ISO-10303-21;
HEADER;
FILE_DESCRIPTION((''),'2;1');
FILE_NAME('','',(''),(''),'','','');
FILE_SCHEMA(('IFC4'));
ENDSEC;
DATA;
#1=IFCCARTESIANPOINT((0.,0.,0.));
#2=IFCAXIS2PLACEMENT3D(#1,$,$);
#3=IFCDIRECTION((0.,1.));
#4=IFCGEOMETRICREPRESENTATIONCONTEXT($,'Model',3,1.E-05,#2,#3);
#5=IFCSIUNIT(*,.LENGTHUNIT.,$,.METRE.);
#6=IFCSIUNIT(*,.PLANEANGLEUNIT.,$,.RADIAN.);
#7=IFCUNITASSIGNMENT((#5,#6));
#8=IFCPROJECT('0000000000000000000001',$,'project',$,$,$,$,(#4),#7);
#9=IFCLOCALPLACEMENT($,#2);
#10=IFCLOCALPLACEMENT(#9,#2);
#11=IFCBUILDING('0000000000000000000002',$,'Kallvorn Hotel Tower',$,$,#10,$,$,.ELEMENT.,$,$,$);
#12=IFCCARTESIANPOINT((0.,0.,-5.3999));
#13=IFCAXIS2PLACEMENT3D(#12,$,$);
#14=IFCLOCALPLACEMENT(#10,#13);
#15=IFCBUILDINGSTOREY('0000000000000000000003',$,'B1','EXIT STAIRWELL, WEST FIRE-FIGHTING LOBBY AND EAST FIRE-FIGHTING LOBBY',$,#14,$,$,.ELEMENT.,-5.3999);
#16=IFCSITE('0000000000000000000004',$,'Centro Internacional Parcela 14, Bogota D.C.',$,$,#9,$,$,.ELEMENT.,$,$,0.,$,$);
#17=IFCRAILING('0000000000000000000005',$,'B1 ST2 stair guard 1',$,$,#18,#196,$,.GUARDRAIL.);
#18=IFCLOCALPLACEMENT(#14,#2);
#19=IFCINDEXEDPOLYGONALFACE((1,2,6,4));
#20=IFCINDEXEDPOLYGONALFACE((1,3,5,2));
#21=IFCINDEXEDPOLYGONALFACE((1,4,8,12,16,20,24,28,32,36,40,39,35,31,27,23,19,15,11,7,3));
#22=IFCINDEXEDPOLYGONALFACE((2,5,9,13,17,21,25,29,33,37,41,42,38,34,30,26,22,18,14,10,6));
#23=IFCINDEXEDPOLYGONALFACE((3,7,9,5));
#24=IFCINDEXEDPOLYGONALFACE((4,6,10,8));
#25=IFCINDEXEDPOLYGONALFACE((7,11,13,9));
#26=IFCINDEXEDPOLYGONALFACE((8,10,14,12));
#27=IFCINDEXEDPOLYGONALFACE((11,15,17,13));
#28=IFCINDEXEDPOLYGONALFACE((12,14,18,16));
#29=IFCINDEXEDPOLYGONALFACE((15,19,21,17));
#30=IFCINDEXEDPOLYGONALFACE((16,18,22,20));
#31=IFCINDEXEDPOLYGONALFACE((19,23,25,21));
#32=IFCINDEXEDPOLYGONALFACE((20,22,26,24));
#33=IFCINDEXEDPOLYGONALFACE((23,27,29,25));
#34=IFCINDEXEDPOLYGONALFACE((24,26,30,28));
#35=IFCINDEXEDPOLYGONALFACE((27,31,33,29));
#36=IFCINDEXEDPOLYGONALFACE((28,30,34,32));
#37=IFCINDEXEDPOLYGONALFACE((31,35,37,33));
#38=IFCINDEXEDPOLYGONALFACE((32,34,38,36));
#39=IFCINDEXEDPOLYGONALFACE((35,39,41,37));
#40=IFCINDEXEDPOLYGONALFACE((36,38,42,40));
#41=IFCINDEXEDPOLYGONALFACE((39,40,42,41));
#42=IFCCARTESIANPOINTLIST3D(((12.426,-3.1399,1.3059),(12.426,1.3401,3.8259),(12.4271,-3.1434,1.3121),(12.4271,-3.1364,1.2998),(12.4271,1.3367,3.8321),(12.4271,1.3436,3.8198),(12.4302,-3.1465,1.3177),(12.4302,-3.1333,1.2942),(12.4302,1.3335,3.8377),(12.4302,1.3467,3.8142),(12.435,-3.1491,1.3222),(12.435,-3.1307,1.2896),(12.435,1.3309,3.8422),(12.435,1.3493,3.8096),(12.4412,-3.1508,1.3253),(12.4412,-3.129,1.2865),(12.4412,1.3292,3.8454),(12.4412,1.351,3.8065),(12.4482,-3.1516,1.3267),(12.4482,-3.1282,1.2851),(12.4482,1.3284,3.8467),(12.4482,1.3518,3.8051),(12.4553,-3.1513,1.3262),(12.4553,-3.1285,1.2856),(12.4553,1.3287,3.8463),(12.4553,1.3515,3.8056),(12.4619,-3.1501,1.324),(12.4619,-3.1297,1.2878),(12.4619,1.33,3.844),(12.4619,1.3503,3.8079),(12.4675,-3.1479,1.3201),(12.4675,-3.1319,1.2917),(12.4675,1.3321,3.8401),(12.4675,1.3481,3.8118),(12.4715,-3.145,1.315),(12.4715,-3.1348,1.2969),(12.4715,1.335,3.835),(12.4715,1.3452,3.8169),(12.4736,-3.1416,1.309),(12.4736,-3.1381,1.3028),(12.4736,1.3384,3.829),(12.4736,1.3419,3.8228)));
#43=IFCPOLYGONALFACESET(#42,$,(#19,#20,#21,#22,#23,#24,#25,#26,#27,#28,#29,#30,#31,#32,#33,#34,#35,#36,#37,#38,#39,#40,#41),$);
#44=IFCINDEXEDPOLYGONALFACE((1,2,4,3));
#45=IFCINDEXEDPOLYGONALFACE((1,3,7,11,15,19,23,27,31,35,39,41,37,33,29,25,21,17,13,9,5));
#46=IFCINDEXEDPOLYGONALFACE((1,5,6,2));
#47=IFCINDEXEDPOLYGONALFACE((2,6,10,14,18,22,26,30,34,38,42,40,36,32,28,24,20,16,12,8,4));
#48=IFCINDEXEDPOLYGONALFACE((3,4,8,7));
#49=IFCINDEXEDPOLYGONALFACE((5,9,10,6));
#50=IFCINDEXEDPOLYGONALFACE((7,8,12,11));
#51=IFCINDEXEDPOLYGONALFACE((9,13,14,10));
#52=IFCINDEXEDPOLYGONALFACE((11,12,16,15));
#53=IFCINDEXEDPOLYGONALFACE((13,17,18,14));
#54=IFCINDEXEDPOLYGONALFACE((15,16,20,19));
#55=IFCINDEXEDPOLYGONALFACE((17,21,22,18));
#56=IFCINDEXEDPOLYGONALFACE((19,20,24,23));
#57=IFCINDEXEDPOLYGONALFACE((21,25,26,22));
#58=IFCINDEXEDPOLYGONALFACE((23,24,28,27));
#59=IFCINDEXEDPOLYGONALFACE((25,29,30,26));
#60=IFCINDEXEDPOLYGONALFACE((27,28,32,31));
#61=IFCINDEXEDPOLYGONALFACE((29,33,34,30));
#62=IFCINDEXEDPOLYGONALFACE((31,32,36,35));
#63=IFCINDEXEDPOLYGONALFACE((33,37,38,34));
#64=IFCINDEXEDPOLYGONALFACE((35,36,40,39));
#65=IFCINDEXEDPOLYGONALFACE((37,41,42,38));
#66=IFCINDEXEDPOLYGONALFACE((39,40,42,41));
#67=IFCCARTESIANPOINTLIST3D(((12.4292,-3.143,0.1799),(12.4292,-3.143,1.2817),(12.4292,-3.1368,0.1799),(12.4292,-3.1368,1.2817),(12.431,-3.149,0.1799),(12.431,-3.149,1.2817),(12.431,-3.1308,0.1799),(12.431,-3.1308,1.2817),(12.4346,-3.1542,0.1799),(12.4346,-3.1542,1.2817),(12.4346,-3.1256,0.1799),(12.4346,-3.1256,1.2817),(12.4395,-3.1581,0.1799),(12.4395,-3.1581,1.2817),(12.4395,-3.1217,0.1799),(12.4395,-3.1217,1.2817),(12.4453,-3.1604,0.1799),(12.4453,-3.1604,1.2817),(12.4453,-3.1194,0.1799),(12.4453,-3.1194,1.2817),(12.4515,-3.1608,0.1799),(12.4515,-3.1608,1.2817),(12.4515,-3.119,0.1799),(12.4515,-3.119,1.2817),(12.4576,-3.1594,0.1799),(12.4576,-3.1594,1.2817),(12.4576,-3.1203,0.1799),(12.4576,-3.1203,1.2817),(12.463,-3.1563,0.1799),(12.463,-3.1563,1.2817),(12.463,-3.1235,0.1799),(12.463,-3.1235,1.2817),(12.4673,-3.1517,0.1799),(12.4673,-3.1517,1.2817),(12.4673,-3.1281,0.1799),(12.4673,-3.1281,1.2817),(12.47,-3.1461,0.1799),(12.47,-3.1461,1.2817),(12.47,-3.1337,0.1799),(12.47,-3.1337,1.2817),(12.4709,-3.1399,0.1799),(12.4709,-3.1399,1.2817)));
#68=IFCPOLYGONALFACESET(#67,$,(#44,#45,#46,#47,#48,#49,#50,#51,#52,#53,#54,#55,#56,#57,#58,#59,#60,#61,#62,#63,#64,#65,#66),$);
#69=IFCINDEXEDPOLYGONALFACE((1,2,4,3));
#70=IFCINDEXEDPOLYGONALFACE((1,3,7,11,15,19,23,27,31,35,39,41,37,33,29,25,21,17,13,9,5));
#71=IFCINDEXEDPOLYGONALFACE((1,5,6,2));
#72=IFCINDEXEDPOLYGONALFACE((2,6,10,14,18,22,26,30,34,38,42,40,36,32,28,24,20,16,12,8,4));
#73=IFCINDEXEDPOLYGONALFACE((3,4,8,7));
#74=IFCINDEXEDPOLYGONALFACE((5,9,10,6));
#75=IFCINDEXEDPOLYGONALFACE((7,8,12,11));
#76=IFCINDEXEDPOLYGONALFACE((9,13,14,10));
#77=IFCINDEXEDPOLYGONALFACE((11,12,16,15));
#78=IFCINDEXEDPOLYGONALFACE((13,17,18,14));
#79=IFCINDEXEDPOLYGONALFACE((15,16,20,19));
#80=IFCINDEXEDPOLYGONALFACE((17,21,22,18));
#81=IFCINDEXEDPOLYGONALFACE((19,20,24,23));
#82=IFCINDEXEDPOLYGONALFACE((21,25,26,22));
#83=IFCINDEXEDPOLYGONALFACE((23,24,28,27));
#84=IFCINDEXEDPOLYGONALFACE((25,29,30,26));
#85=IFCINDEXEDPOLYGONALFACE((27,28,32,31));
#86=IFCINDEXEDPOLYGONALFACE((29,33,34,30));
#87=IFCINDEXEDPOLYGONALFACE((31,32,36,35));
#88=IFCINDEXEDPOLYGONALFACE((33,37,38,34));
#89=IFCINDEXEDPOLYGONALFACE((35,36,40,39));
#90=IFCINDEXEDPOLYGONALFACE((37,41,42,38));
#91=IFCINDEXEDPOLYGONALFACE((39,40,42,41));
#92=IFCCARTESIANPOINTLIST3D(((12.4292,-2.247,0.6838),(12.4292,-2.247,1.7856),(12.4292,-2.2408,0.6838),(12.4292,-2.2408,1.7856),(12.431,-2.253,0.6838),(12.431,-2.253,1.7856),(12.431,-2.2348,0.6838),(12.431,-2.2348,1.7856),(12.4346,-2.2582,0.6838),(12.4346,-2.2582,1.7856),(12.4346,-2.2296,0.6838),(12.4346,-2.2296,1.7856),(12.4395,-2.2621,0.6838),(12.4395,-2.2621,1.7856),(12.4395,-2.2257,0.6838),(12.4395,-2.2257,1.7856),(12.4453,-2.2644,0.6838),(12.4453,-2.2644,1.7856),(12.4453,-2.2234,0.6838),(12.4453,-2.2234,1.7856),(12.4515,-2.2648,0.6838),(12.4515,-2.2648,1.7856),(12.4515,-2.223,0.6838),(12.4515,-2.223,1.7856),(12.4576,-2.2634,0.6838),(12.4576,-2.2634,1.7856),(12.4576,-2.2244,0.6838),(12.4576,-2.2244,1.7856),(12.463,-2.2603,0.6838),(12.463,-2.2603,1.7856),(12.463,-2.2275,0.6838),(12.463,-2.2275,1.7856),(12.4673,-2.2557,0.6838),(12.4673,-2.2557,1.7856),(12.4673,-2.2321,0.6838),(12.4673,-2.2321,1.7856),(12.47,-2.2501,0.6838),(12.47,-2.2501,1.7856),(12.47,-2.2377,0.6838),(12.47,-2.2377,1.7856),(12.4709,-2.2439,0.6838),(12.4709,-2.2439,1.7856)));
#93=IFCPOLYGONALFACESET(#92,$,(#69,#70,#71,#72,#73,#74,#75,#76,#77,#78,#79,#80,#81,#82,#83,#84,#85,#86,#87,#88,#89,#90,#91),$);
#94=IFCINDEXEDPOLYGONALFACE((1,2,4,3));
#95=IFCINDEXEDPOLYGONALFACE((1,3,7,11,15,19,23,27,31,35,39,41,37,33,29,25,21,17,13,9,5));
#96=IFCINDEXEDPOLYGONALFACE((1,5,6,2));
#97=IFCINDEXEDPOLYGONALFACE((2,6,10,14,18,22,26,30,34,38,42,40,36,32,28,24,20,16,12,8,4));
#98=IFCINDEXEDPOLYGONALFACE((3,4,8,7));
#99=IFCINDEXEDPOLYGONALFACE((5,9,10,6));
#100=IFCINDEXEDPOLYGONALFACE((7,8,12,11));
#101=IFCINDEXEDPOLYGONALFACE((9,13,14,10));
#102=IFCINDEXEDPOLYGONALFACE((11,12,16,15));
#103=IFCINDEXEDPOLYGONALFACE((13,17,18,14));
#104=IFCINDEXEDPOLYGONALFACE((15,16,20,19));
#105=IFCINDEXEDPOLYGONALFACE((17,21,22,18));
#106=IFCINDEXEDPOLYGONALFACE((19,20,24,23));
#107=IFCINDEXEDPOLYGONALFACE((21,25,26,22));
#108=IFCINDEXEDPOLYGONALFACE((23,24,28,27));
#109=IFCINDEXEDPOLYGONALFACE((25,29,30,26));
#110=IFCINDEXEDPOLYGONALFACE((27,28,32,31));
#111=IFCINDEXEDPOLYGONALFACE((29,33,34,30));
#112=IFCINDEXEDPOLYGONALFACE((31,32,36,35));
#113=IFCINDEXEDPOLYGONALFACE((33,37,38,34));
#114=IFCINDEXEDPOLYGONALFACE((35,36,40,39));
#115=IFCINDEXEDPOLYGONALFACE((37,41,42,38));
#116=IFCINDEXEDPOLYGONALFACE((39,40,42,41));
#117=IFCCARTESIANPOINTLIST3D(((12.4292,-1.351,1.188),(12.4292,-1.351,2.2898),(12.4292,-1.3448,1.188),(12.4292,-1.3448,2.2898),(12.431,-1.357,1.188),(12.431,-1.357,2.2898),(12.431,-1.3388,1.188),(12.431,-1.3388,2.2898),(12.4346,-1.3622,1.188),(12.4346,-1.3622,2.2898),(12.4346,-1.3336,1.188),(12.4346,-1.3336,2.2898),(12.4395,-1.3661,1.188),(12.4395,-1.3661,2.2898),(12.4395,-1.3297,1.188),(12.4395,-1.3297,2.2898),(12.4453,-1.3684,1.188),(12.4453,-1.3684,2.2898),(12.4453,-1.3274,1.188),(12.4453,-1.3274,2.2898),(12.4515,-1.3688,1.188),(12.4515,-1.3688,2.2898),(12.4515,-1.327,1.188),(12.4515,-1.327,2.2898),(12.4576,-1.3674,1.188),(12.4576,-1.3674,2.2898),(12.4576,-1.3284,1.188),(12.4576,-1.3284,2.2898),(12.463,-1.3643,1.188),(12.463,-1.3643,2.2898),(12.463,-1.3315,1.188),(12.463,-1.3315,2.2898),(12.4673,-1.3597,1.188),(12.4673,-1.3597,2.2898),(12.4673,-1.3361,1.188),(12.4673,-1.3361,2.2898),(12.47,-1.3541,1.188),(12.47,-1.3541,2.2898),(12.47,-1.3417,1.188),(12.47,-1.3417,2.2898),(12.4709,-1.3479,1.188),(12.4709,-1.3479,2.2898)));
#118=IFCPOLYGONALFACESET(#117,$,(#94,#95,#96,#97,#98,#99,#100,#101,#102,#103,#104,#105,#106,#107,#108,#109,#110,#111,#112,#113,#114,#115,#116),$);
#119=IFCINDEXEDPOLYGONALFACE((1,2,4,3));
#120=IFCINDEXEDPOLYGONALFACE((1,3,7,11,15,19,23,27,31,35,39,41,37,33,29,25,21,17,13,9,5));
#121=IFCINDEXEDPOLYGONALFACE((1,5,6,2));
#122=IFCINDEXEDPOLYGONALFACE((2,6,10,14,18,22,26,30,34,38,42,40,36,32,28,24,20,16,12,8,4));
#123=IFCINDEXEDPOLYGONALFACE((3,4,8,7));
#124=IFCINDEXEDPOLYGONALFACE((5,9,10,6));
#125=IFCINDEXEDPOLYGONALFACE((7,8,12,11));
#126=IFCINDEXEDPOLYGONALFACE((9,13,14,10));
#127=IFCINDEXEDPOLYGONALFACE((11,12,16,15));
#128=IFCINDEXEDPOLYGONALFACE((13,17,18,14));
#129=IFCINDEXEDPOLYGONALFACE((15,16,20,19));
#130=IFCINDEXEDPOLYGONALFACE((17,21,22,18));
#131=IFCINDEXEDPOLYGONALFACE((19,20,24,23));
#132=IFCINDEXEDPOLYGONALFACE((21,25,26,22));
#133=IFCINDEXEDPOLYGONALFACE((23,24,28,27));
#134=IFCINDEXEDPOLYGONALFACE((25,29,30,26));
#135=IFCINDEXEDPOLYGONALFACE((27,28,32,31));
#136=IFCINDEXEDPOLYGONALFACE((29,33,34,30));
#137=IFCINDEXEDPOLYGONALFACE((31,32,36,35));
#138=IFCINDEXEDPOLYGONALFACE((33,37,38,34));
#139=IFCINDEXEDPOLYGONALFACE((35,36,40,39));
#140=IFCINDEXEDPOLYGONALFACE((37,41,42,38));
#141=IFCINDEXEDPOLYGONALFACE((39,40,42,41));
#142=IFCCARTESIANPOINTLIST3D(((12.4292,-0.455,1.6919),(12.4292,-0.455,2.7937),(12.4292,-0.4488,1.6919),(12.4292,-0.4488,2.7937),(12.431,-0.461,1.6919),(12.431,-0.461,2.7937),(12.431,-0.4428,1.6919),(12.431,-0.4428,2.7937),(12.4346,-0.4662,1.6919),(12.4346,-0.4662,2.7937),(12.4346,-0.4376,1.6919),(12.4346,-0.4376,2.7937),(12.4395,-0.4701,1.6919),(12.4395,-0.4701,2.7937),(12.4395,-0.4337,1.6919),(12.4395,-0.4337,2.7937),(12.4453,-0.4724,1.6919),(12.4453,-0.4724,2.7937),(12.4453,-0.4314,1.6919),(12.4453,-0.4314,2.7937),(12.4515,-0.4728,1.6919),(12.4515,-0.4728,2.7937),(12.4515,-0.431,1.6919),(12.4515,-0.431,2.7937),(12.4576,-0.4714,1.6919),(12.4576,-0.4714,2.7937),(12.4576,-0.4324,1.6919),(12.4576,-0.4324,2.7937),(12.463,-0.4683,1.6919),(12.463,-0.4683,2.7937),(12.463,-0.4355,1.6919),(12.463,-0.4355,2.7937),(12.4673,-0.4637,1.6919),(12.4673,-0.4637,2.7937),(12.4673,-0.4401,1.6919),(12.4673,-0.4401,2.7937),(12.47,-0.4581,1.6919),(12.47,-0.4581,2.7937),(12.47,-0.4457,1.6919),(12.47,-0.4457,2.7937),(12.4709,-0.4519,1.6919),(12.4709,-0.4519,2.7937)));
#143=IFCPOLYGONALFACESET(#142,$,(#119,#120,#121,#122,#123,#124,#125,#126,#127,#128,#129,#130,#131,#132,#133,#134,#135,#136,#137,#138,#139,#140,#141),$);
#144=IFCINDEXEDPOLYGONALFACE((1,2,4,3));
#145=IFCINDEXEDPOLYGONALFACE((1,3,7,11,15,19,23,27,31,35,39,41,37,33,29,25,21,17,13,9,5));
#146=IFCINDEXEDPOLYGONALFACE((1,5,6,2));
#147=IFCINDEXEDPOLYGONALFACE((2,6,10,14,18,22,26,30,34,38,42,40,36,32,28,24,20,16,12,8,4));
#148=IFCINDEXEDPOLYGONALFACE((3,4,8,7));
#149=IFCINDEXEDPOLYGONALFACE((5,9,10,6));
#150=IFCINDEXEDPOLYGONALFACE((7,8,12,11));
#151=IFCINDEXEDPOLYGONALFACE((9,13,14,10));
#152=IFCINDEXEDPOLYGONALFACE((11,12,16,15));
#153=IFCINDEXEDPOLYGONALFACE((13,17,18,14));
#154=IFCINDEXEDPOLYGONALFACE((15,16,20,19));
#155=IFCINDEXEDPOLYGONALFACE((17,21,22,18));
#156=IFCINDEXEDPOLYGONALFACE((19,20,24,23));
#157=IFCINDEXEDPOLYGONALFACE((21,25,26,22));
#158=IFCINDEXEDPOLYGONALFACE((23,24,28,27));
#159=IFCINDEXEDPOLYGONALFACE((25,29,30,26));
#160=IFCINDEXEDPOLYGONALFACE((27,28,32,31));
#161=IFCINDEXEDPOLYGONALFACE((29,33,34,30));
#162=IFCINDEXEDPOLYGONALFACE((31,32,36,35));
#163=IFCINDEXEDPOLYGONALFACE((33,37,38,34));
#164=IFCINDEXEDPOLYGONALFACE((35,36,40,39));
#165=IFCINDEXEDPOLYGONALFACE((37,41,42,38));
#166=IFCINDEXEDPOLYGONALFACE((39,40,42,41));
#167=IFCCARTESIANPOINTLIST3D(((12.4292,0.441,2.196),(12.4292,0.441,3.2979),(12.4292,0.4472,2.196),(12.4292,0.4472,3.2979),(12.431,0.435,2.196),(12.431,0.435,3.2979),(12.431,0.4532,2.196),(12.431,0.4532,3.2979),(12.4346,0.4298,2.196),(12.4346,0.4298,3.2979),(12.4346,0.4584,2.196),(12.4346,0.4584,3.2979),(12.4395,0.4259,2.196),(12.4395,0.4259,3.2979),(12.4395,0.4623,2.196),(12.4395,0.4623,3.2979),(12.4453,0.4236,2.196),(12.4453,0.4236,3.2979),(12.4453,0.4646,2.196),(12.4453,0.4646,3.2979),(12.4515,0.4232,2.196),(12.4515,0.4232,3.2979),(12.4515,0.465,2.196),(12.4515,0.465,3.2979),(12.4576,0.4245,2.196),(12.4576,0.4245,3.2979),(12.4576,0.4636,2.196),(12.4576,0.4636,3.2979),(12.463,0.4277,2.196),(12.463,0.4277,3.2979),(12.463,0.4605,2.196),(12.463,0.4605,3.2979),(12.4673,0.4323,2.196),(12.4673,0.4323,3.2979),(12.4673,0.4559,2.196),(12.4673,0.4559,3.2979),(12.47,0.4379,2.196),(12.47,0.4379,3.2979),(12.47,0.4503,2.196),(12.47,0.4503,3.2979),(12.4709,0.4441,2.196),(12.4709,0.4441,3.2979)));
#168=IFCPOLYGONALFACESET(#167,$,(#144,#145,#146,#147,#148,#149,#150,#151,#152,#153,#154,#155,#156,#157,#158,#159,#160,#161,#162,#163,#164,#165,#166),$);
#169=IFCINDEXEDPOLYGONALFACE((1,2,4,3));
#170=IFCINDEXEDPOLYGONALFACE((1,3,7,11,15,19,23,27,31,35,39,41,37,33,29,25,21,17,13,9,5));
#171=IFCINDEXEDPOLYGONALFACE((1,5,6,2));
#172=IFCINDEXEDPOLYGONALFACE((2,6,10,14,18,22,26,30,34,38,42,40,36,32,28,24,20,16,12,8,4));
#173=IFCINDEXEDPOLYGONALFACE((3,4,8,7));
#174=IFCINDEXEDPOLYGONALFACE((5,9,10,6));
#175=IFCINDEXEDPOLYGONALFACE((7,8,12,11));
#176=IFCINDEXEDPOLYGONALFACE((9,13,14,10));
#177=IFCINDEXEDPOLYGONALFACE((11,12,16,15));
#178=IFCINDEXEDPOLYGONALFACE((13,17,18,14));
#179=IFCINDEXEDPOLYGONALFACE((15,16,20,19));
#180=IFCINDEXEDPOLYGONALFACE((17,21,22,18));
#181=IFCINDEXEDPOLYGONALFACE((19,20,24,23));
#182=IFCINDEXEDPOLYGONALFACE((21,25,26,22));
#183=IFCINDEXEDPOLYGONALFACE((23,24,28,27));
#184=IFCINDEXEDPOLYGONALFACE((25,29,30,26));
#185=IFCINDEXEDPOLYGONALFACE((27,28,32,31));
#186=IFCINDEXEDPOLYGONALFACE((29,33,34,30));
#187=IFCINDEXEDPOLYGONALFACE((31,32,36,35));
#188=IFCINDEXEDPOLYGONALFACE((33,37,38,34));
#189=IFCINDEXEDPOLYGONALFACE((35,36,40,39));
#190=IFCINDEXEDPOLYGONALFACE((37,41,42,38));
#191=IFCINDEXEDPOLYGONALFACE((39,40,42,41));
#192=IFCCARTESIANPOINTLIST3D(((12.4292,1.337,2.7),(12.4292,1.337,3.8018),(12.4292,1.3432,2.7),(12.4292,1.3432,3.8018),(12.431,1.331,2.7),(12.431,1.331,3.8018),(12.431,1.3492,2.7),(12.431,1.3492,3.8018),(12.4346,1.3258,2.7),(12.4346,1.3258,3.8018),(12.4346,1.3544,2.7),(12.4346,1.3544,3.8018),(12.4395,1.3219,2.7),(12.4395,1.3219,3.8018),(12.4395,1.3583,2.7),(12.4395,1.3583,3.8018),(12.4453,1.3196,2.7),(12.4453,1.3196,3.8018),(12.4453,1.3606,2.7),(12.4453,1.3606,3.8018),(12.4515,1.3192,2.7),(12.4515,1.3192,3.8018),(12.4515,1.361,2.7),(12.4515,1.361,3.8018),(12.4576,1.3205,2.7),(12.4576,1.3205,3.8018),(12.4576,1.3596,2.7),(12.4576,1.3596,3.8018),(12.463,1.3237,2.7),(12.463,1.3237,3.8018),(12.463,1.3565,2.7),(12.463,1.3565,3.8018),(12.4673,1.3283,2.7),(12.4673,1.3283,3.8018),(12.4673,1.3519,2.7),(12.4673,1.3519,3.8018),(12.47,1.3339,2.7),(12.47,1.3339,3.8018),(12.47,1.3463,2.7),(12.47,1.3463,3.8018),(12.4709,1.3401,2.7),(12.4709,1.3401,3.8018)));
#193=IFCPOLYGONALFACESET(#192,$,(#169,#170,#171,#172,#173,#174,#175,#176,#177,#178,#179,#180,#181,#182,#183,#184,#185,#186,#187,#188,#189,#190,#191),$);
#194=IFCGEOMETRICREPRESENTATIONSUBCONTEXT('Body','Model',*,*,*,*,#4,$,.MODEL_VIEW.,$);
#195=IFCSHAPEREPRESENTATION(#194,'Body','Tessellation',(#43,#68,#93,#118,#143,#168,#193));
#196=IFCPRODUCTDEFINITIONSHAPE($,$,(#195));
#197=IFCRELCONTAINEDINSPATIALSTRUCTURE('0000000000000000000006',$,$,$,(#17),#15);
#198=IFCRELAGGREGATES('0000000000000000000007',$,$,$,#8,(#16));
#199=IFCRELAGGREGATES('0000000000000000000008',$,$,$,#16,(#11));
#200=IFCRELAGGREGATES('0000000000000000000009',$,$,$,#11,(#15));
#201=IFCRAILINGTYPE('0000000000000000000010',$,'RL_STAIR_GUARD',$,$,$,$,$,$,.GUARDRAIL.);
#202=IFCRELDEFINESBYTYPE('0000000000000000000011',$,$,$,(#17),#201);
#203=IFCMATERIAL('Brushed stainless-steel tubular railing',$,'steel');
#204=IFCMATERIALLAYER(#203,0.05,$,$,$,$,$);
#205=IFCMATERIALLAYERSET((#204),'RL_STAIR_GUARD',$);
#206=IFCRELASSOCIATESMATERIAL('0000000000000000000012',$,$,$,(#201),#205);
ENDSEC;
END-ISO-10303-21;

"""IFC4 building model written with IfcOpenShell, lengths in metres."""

from ifc_helpers import new_model, si_unit, direction, frame, origin, origin_2d, place, context, subcontext, project, spatial, circle, extrude, material, layer, layer_set, type_object, element, save


model = new_model("IFC4")

# Units and contexts
model_context = context("Model", 3, precision=1e-05, world=origin(), true_north=direction((0.0, 1.0)))
body_context = subcontext(model_context, "Body", "Model", "MODEL_VIEW")
ifc_project = project(units=[si_unit("LENGTHUNIT", "METRE"), si_unit("PLANEANGLEUNIT", "RADIAN")], contexts=[model_context])

# Site, building, storey
site_placement = place(None, origin())
site = spatial("IfcSite", under=ifc_project, at=site_placement, Name="Centro Internacional Parcela 14, Bogota D.C.", CompositionType="ELEMENT", RefElevation=0.0)
building_placement = place(site_placement, origin())
building = spatial("IfcBuilding", under=site, at=building_placement, Name="Kallvorn Hotel Tower", CompositionType="ELEMENT")
storey_placement = place(building_placement, frame((0.0, 0.0, -5.3999)))
storey = spatial("IfcBuildingStorey", under=building, at=storey_placement, Name="B1", Description="EXIT STAIRWELL, WEST FIRE-FIGHTING LOBBY AND EAST FIRE-FIGHTING LOBBY", CompositionType="ELEMENT", Elevation=-5.3999)

# Railing
ifc_material_1 = material(Name="Brushed stainless-steel tubular railing", Category="steel")
ifc_layer_1 = layer(ifc_material_1, 0.05)
ifc_layer_set_1 = layer_set([ifc_layer_1], Name="RL_STAIR_GUARD")
railing_type = type_object("IfcRailingType", Name="RL_STAIR_GUARD", PredefinedType="GUARDRAIL", material=ifc_layer_set_1)
railing_1_placement = place(storey_placement, frame((12.45, -3.1399, 0.1799)))
element("IfcRailing", 1, at=railing_1_placement, inside=storey, type_object=railing_type, Name="B1 ST2 stair guard 1", PredefinedType="GUARDRAIL", context=body_context, shape_type="SweptSolid", body=[
    extrude(circle(Radius=0.0239, at=origin_2d()), frame((0.0, 0.0, 1.126), z_axis=(0.0, 0.871573, 0.490266), x_axis=(-1.0, 0.0, 0.0)), (0.0, 0.0, 1.0), 5.1401),
    extrude(circle(Radius=0.021, at=origin_2d()), origin(), (0.0, 0.0, 1.0), 1.1018),
    extrude(circle(Radius=0.021, at=origin_2d()), frame((0.0, 0.896, 0.5039)), (0.0, 0.0, 1.0), 1.1018),
    extrude(circle(Radius=0.021, at=origin_2d()), frame((0.0, 1.792, 1.0081)), (0.0, 0.0, 1.0), 1.1018),
    extrude(circle(Radius=0.021, at=origin_2d()), frame((0.0, 2.688, 1.512)), (0.0, 0.0, 1.0), 1.1018),
    extrude(circle(Radius=0.021, at=origin_2d()), frame((0.0, 3.584, 2.0161)), (0.0, 0.0, 1.0), 1.1018),
    extrude(circle(Radius=0.021, at=origin_2d()), frame((0.0, 4.48, 2.52)), (0.0, 0.0, 1.0), 1.1018),
])

save(model, "model.ifc")
